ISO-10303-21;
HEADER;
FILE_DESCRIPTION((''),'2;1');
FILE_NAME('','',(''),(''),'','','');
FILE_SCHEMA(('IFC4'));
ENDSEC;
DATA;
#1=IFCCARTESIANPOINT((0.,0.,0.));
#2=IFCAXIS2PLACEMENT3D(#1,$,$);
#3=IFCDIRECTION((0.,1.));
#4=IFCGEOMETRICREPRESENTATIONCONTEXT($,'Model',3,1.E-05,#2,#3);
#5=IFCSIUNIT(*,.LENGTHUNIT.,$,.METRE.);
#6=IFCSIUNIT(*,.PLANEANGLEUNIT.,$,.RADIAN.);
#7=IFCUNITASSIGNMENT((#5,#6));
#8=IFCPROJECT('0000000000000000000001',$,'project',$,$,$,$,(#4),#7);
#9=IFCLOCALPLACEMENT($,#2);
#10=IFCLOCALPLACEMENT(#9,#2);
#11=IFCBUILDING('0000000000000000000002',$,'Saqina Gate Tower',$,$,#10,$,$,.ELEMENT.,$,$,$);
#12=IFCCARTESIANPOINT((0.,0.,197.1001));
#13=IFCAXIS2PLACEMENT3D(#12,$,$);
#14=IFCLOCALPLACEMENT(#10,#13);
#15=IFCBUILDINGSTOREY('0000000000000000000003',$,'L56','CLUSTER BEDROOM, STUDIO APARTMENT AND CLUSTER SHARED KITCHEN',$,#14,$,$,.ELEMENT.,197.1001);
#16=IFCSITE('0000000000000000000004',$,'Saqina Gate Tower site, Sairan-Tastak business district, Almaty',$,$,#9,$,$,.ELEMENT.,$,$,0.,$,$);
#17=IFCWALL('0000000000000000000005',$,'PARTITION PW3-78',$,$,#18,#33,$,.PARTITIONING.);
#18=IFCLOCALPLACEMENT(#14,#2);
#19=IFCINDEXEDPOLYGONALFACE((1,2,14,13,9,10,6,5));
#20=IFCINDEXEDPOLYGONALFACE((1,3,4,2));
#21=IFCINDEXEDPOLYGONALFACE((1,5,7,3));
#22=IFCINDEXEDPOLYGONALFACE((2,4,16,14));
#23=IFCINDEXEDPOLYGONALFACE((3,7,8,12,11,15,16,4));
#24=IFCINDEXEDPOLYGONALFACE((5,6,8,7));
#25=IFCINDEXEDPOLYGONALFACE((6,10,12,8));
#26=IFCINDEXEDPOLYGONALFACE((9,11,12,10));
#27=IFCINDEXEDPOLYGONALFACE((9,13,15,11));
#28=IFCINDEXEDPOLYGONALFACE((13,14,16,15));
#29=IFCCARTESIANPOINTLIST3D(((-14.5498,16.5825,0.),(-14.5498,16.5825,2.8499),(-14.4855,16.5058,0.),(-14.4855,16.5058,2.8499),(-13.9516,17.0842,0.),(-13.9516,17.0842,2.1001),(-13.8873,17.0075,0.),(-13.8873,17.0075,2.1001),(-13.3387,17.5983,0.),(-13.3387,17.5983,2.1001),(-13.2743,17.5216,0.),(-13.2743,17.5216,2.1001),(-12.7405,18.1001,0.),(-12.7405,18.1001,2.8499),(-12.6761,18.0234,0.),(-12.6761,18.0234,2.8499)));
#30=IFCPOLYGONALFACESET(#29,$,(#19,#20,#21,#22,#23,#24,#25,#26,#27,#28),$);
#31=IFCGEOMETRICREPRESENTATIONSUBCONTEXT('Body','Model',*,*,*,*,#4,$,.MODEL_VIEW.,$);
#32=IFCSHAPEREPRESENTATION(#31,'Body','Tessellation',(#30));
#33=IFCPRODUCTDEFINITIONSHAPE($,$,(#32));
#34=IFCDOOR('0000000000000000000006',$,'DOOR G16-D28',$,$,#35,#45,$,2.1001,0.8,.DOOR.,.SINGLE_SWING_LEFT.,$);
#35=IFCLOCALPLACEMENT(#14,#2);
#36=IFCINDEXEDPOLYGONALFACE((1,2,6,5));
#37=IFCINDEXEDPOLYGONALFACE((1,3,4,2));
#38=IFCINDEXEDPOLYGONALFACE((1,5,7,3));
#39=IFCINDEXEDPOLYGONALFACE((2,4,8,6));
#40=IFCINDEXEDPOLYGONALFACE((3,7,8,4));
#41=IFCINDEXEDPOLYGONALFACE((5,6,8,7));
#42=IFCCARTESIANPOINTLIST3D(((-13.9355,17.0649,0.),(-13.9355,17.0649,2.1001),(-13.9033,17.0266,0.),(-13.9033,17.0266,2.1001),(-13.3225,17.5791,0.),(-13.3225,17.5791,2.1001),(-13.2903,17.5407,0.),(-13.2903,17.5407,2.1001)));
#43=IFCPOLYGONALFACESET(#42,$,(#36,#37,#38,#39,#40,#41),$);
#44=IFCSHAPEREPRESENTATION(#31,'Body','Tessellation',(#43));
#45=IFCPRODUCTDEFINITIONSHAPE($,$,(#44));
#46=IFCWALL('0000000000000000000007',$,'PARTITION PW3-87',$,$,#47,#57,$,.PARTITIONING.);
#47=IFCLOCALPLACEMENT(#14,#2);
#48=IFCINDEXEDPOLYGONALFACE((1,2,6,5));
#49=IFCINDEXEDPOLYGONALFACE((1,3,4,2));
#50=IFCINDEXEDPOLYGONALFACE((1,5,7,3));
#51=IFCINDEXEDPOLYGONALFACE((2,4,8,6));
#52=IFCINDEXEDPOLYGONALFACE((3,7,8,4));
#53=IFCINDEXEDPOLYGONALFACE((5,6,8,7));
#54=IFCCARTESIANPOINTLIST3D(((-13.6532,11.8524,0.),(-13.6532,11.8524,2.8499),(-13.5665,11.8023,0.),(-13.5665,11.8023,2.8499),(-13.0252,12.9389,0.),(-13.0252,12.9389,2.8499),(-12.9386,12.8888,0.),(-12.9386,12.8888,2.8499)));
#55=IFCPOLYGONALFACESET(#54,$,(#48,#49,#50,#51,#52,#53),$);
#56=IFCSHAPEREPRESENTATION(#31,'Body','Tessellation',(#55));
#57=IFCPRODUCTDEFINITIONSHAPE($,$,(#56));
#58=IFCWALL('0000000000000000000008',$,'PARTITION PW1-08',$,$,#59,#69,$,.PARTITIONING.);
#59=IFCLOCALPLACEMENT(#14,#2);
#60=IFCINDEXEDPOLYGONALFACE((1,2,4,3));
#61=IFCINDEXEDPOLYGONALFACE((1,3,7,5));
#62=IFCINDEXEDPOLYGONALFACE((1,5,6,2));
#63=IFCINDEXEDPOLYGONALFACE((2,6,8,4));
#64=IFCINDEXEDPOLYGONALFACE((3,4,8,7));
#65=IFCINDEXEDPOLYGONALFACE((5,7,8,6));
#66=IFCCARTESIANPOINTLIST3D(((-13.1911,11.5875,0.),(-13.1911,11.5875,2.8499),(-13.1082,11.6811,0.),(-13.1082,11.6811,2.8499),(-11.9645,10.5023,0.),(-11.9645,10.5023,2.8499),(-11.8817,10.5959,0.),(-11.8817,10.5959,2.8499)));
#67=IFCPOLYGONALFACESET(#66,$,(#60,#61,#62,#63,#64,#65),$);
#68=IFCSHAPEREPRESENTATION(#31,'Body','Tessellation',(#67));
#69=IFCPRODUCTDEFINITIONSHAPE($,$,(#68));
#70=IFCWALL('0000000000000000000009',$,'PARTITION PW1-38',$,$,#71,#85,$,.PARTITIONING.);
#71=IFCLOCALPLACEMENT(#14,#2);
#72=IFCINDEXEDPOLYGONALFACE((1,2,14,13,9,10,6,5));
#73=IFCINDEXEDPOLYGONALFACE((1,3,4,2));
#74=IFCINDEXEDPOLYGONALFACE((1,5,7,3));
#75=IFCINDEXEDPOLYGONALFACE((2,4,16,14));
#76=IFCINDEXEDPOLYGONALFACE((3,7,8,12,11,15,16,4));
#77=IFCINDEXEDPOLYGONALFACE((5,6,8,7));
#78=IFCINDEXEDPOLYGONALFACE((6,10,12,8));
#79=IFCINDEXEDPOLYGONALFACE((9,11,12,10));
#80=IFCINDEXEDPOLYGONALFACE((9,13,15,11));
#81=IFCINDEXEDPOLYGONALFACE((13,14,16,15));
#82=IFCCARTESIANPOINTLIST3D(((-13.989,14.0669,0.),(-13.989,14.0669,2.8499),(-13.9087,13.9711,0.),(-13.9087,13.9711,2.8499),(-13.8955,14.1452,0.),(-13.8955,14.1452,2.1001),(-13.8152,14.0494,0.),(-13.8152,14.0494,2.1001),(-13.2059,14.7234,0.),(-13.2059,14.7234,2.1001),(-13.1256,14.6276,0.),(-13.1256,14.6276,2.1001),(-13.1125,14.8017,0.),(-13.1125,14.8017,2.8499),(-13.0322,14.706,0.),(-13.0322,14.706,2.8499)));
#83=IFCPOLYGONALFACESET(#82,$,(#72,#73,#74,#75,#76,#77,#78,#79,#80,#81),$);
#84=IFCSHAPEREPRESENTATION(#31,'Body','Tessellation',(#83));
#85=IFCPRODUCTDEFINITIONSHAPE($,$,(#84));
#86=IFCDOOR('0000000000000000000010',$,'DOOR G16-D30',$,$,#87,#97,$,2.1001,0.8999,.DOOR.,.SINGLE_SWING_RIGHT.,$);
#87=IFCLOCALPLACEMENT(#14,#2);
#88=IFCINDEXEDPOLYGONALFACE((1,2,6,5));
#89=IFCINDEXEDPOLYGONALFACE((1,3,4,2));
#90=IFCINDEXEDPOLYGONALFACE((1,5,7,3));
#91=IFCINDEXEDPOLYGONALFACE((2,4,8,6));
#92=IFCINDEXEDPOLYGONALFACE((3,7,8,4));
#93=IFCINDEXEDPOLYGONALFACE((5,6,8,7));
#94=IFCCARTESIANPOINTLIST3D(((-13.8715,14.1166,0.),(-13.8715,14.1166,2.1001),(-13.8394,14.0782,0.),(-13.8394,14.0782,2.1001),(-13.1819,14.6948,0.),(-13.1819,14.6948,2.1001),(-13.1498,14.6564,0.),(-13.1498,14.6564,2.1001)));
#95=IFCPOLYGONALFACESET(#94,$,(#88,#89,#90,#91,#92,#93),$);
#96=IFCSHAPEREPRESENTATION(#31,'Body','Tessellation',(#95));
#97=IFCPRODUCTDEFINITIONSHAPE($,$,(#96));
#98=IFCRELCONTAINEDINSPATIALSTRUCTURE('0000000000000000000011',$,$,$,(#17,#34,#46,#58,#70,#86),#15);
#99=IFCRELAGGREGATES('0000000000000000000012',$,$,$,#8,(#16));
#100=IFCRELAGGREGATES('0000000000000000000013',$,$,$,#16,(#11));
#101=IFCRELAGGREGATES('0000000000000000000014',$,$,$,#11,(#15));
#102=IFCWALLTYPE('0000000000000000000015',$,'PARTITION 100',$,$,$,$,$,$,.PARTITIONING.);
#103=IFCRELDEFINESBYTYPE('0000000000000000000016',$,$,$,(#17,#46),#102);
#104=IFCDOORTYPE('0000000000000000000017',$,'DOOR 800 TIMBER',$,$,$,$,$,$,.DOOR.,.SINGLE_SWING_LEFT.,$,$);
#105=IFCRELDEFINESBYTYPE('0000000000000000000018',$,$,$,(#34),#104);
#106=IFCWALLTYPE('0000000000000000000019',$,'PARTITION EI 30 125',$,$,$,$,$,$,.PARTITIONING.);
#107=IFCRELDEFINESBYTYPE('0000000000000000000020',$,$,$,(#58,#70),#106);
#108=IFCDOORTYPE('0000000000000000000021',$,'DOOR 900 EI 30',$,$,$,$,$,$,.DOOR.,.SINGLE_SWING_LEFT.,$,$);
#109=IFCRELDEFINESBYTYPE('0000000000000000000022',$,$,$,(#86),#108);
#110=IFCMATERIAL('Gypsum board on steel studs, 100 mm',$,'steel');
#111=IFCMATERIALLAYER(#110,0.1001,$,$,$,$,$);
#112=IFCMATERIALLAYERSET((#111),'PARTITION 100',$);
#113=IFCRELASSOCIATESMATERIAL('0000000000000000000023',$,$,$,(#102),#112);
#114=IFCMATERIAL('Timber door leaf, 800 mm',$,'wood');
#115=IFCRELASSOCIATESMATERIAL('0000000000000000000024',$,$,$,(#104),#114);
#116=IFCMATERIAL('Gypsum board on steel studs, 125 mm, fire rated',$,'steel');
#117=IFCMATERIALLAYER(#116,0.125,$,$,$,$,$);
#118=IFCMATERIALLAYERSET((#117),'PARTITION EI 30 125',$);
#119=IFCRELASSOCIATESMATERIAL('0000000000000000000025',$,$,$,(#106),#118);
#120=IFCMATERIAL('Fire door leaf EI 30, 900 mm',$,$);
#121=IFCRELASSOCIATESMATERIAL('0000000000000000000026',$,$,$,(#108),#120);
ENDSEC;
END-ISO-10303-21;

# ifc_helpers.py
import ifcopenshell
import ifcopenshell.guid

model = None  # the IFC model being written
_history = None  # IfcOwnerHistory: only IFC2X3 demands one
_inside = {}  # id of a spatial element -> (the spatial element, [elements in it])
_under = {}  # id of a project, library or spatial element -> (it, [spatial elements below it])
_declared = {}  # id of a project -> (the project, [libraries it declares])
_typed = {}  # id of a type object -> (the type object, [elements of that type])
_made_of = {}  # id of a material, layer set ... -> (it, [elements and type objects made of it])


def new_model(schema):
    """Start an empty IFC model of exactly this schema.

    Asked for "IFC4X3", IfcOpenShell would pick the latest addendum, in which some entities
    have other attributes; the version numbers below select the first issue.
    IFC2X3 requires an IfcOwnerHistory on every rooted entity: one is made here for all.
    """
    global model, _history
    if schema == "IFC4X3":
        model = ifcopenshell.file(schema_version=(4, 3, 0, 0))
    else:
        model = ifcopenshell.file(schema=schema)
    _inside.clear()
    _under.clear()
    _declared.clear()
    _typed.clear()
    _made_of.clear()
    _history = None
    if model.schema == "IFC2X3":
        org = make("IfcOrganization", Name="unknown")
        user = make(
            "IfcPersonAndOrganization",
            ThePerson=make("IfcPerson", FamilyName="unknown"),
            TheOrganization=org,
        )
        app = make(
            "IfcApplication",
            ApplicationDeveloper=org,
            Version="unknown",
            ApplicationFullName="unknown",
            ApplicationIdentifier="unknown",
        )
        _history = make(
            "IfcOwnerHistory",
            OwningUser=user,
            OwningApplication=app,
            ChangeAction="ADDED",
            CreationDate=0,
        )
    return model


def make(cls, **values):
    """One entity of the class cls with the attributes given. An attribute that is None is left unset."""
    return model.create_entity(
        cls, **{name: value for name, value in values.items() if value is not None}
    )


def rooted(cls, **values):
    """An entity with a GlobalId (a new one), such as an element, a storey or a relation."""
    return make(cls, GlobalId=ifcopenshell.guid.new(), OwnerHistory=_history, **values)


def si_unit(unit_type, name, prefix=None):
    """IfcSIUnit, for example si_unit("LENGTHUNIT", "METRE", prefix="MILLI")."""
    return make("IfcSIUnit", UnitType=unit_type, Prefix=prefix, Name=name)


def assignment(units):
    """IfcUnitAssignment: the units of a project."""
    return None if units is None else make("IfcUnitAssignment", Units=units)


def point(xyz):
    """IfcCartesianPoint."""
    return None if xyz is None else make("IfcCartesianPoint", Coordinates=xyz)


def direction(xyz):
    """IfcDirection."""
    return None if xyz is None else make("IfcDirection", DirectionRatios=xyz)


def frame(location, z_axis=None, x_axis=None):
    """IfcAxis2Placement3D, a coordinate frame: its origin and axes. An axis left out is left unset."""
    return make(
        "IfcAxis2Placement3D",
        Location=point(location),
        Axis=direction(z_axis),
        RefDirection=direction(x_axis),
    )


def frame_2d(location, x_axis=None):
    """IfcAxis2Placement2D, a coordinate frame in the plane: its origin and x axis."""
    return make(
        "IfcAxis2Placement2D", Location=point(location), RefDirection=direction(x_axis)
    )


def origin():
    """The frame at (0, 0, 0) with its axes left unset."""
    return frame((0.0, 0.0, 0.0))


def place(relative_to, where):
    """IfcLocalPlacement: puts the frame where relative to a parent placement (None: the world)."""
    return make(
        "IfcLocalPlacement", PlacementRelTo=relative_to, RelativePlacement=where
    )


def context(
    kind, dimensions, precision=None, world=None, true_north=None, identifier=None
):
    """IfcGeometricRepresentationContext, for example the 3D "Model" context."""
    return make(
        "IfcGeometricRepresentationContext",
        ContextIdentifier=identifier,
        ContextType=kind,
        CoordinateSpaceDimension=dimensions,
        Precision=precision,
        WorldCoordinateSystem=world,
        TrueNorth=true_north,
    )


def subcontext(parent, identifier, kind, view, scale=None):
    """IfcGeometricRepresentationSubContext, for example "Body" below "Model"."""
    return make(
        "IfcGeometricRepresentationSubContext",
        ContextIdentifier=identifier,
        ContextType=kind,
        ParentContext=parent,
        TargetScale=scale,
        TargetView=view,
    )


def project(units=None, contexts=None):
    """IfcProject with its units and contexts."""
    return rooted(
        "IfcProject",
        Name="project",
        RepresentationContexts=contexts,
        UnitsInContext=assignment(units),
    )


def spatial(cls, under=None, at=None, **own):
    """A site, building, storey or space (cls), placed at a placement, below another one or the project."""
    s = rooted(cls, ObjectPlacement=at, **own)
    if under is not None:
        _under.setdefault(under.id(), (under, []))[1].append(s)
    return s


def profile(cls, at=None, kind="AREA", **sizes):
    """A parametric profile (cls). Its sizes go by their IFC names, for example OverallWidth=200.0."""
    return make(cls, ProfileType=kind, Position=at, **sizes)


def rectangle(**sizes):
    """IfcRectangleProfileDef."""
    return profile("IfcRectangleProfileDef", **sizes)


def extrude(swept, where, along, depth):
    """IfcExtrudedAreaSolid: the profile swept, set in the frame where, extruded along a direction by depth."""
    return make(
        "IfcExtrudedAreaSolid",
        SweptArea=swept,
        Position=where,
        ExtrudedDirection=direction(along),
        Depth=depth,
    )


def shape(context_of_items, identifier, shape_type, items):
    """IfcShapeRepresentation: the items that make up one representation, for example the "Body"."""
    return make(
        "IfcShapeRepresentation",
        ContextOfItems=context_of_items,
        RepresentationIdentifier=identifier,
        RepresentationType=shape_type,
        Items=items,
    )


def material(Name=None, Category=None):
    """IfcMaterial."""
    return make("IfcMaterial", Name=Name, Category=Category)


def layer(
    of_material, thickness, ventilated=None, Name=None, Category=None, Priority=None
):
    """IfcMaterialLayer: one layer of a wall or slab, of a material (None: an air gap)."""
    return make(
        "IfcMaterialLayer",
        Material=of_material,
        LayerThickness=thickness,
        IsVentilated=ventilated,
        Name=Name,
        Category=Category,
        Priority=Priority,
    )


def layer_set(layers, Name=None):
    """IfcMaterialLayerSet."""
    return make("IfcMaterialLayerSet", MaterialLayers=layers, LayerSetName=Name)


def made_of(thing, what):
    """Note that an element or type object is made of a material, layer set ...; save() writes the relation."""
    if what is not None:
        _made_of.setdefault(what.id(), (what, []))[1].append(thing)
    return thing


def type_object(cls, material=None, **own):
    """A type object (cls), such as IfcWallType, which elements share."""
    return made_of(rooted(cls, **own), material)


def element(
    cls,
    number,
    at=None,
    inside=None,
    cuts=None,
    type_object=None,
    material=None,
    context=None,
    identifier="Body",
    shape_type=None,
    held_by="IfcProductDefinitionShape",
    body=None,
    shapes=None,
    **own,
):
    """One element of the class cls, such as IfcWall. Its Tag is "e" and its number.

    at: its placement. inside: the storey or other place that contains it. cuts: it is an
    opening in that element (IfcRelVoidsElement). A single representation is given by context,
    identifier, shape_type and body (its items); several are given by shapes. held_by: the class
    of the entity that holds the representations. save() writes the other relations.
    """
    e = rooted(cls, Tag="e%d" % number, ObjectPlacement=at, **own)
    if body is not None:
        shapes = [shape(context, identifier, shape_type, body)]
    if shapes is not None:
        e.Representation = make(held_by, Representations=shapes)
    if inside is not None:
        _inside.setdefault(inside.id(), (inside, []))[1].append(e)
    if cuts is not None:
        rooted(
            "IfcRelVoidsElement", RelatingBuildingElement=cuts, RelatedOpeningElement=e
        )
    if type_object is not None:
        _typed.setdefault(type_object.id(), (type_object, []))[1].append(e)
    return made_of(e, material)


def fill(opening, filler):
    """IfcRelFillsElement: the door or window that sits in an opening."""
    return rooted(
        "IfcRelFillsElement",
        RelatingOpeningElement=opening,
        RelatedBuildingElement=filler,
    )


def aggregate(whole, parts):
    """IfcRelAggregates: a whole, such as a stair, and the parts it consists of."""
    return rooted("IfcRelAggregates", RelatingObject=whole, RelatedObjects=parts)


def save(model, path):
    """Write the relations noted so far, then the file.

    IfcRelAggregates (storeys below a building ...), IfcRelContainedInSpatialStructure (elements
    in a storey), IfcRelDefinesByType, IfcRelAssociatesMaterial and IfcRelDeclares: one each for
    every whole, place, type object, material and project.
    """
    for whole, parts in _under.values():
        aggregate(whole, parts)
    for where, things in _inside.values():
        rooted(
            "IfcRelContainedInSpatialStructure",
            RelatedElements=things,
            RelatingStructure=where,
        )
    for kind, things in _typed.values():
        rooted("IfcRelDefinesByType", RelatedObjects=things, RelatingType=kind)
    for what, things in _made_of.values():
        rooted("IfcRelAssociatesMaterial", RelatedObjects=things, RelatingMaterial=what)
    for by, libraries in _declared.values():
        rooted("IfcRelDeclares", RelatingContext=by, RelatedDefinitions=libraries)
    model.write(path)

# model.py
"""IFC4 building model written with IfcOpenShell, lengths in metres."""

from ifc_helpers import new_model, si_unit, direction, frame, frame_2d, origin, place, context, subcontext, project, spatial, rectangle, extrude, material, layer, layer_set, type_object, element, fill, save


model = new_model("IFC4")

# Units and contexts
model_context = context("Model", 3, precision=1e-05, world=origin(), true_north=direction((0.0, 1.0)))
body_context = subcontext(model_context, "Body", "Model", "MODEL_VIEW")
ifc_project = project(units=[si_unit("LENGTHUNIT", "METRE"), si_unit("PLANEANGLEUNIT", "RADIAN")], contexts=[model_context])

# Site, building, storey
site_placement = place(None, origin())
site = spatial("IfcSite", under=ifc_project, at=site_placement, Name="Saqina Gate Tower site, Sairan-Tastak business district, Almaty", CompositionType="ELEMENT", RefElevation=0.0)
building_placement = place(site_placement, origin())
building = spatial("IfcBuilding", under=site, at=building_placement, Name="Saqina Gate Tower", CompositionType="ELEMENT")
storey_placement = place(building_placement, frame((0.0, 0.0, 197.1001)))
storey = spatial("IfcBuildingStorey", under=building, at=storey_placement, Name="L56", Description="CLUSTER BEDROOM, STUDIO APARTMENT AND CLUSTER SHARED KITCHEN", CompositionType="ELEMENT", Elevation=197.1001)

# Shared definitions
ifc_material_1 = material(Name="Gypsum board on steel studs, 100 mm", Category="steel")
ifc_layer_1 = layer(ifc_material_1, 0.1001)
ifc_layer_set_1 = layer_set([ifc_layer_1], Name="PARTITION 100")
wall_type_1 = type_object("IfcWallType", Name="PARTITION 100", PredefinedType="PARTITIONING", material=ifc_layer_set_1)

# Shared definitions
ifc_material_2 = material(Name="Timber door leaf, 800 mm", Category="wood")
door_type_1 = type_object("IfcDoorType", Name="DOOR 800 TIMBER", OperationType="SINGLE_SWING_LEFT", PredefinedType="DOOR", material=ifc_material_2)

# Wall, opening, door
wall_1_placement = place(storey_placement, frame((-14.5176, 16.5442, 0.0), z_axis=(0.0, 0.0, 1.0), x_axis=(0.766175, 0.642632, 0.0)))
wall_1 = element("IfcWall", 1, at=wall_1_placement, inside=storey, type_object=wall_type_1, Name="PARTITION PW3-78", PredefinedType="PARTITIONING", context=body_context, shape_type="SweptSolid", body=[
    extrude(rectangle(XDim=2.3616, YDim=0.1001, at=frame_2d((1.1807, 0.0))), origin(), (0.0, 0.0, 1.0), 2.8499),
])
opening_1_placement = place(wall_1_placement, frame((0.7808, 0.0, 0.0)))
opening_1 = element("IfcOpeningElement", 2, at=opening_1_placement, cuts=wall_1, PredefinedType="OPENING", context=body_context, shape_type="SweptSolid", body=[
    extrude(rectangle(XDim=0.8, YDim=2.1001, at=frame_2d((0.3999, 1.05))), frame((0.0, 0.062, 0.0), z_axis=(0.0, -1.0, 0.0), x_axis=(1.0, 0.0, 0.0)), (0.0, 0.0, 1.0), 0.124),
])
door_1_placement = place(opening_1_placement, origin())
door_1 = element("IfcDoor", 3, at=door_1_placement, inside=storey, type_object=door_type_1, Name="DOOR G16-D28", OperationType="SINGLE_SWING_LEFT", OverallHeight=2.1001, OverallWidth=0.8, PredefinedType="DOOR", context=body_context, shape_type="SweptSolid", body=[
    extrude(rectangle(XDim=0.8, YDim=2.1001, at=frame_2d((0.3999, 1.05))), frame((0.0, 0.0249, 0.0), z_axis=(0.0, -1.0, 0.0), x_axis=(1.0, 0.0, 0.0)), (0.0, 0.0, 1.0), 0.05),
])
fill(opening_1, door_1)

# Walls
wall_2_placement = place(storey_placement, frame((-13.6099, 11.8274, 0.0), z_axis=(0.0, 0.0, 1.0), x_axis=(0.500407, 0.86579, 0.0)))
element("IfcWall", 4, at=wall_2_placement, inside=storey, type_object=wall_type_1, Name="PARTITION PW3-87", PredefinedType="PARTITIONING", context=body_context, shape_type="SweptSolid", body=[
    extrude(rectangle(XDim=1.2549, YDim=0.1001, at=frame_2d((0.6274, 0.0))), origin(), (0.0, 0.0, 1.0), 2.8499),
])
ifc_material_3 = material(Name="Gypsum board on steel studs, 125 mm, fire rated", Category="steel")
ifc_layer_2 = layer(ifc_material_3, 0.125)
ifc_layer_set_2 = layer_set([ifc_layer_2], Name="PARTITION EI 30 125")
wall_type_2 = type_object("IfcWallType", Name="PARTITION EI 30 125", PredefinedType="PARTITIONING", material=ifc_layer_set_2)
wall_3_placement = place(storey_placement, frame((-13.1497, 11.6343, 0.0), z_axis=(0.0, 0.0, 1.0), x_axis=(0.748945, -0.662632, 0.0)))
element("IfcWall", 5, at=wall_3_placement, inside=storey, type_object=wall_type_2, Name="PARTITION PW1-08", PredefinedType="PARTITIONING", context=body_context, shape_type="SweptSolid", body=[
    extrude(rectangle(XDim=1.6377, YDim=0.125, at=frame_2d((0.8188, 0.0))), origin(), (0.0, 0.0, 1.0), 2.8499),
])

# Wall, opening, door
wall_4_placement = place(storey_placement, frame((-13.9487, 14.019, 0.0), z_axis=(0.0, 0.0, 1.0), x_axis=(0.766293, 0.642491, 0.0)))
wall_4 = element("IfcWall", 6, at=wall_4_placement, inside=storey, type_object=wall_type_2, Name="PARTITION PW1-38", PredefinedType="PARTITIONING", context=body_context, shape_type="SweptSolid", body=[
    extrude(rectangle(XDim=1.1438, YDim=0.125, at=frame_2d((0.5718, 0.0))), origin(), (0.0, 0.0, 1.0), 2.8499),
])
opening_2_placement = place(wall_4_placement, frame((0.1218, 0.0, 0.0)))
opening_2 = element("IfcOpeningElement", 7, at=opening_2_placement, cuts=wall_4, PredefinedType="OPENING", context=body_context, shape_type="SweptSolid", body=[
    extrude(rectangle(XDim=0.8999, YDim=2.1001, at=frame_2d((0.45, 1.05))), frame((0.0, 0.0745, 0.0), z_axis=(0.0, -1.0, 0.0), x_axis=(1.0, 0.0, 0.0)), (0.0, 0.0, 1.0), 0.1489),
])
ifc_material_4 = material(Name="Fire door leaf EI 30, 900 mm")
door_type_2 = type_object("IfcDoorType", Name="DOOR 900 EI 30", OperationType="SINGLE_SWING_LEFT", PredefinedType="DOOR", material=ifc_material_4)
door_2_placement = place(opening_2_placement, frame((0.8999, 0.0, 0.0), z_axis=(0.0, 0.0, 1.0), x_axis=(-1.0, 0.0, 0.0)))
door_2 = element("IfcDoor", 8, at=door_2_placement, inside=storey, type_object=door_type_2, Name="DOOR G16-D30", OperationType="SINGLE_SWING_RIGHT", OverallHeight=2.1001, OverallWidth=0.8999, PredefinedType="DOOR", context=body_context, shape_type="SweptSolid", body=[
    extrude(rectangle(XDim=0.8999, YDim=2.1001, at=frame_2d((0.45, 1.05))), frame((0.0, 0.0249, 0.0), z_axis=(0.0, -1.0, 0.0), x_axis=(1.0, 0.0, 0.0)), (0.0, 0.0, 1.0), 0.05),
])
fill(opening_2, door_2)

save(model, "model.ifc")
